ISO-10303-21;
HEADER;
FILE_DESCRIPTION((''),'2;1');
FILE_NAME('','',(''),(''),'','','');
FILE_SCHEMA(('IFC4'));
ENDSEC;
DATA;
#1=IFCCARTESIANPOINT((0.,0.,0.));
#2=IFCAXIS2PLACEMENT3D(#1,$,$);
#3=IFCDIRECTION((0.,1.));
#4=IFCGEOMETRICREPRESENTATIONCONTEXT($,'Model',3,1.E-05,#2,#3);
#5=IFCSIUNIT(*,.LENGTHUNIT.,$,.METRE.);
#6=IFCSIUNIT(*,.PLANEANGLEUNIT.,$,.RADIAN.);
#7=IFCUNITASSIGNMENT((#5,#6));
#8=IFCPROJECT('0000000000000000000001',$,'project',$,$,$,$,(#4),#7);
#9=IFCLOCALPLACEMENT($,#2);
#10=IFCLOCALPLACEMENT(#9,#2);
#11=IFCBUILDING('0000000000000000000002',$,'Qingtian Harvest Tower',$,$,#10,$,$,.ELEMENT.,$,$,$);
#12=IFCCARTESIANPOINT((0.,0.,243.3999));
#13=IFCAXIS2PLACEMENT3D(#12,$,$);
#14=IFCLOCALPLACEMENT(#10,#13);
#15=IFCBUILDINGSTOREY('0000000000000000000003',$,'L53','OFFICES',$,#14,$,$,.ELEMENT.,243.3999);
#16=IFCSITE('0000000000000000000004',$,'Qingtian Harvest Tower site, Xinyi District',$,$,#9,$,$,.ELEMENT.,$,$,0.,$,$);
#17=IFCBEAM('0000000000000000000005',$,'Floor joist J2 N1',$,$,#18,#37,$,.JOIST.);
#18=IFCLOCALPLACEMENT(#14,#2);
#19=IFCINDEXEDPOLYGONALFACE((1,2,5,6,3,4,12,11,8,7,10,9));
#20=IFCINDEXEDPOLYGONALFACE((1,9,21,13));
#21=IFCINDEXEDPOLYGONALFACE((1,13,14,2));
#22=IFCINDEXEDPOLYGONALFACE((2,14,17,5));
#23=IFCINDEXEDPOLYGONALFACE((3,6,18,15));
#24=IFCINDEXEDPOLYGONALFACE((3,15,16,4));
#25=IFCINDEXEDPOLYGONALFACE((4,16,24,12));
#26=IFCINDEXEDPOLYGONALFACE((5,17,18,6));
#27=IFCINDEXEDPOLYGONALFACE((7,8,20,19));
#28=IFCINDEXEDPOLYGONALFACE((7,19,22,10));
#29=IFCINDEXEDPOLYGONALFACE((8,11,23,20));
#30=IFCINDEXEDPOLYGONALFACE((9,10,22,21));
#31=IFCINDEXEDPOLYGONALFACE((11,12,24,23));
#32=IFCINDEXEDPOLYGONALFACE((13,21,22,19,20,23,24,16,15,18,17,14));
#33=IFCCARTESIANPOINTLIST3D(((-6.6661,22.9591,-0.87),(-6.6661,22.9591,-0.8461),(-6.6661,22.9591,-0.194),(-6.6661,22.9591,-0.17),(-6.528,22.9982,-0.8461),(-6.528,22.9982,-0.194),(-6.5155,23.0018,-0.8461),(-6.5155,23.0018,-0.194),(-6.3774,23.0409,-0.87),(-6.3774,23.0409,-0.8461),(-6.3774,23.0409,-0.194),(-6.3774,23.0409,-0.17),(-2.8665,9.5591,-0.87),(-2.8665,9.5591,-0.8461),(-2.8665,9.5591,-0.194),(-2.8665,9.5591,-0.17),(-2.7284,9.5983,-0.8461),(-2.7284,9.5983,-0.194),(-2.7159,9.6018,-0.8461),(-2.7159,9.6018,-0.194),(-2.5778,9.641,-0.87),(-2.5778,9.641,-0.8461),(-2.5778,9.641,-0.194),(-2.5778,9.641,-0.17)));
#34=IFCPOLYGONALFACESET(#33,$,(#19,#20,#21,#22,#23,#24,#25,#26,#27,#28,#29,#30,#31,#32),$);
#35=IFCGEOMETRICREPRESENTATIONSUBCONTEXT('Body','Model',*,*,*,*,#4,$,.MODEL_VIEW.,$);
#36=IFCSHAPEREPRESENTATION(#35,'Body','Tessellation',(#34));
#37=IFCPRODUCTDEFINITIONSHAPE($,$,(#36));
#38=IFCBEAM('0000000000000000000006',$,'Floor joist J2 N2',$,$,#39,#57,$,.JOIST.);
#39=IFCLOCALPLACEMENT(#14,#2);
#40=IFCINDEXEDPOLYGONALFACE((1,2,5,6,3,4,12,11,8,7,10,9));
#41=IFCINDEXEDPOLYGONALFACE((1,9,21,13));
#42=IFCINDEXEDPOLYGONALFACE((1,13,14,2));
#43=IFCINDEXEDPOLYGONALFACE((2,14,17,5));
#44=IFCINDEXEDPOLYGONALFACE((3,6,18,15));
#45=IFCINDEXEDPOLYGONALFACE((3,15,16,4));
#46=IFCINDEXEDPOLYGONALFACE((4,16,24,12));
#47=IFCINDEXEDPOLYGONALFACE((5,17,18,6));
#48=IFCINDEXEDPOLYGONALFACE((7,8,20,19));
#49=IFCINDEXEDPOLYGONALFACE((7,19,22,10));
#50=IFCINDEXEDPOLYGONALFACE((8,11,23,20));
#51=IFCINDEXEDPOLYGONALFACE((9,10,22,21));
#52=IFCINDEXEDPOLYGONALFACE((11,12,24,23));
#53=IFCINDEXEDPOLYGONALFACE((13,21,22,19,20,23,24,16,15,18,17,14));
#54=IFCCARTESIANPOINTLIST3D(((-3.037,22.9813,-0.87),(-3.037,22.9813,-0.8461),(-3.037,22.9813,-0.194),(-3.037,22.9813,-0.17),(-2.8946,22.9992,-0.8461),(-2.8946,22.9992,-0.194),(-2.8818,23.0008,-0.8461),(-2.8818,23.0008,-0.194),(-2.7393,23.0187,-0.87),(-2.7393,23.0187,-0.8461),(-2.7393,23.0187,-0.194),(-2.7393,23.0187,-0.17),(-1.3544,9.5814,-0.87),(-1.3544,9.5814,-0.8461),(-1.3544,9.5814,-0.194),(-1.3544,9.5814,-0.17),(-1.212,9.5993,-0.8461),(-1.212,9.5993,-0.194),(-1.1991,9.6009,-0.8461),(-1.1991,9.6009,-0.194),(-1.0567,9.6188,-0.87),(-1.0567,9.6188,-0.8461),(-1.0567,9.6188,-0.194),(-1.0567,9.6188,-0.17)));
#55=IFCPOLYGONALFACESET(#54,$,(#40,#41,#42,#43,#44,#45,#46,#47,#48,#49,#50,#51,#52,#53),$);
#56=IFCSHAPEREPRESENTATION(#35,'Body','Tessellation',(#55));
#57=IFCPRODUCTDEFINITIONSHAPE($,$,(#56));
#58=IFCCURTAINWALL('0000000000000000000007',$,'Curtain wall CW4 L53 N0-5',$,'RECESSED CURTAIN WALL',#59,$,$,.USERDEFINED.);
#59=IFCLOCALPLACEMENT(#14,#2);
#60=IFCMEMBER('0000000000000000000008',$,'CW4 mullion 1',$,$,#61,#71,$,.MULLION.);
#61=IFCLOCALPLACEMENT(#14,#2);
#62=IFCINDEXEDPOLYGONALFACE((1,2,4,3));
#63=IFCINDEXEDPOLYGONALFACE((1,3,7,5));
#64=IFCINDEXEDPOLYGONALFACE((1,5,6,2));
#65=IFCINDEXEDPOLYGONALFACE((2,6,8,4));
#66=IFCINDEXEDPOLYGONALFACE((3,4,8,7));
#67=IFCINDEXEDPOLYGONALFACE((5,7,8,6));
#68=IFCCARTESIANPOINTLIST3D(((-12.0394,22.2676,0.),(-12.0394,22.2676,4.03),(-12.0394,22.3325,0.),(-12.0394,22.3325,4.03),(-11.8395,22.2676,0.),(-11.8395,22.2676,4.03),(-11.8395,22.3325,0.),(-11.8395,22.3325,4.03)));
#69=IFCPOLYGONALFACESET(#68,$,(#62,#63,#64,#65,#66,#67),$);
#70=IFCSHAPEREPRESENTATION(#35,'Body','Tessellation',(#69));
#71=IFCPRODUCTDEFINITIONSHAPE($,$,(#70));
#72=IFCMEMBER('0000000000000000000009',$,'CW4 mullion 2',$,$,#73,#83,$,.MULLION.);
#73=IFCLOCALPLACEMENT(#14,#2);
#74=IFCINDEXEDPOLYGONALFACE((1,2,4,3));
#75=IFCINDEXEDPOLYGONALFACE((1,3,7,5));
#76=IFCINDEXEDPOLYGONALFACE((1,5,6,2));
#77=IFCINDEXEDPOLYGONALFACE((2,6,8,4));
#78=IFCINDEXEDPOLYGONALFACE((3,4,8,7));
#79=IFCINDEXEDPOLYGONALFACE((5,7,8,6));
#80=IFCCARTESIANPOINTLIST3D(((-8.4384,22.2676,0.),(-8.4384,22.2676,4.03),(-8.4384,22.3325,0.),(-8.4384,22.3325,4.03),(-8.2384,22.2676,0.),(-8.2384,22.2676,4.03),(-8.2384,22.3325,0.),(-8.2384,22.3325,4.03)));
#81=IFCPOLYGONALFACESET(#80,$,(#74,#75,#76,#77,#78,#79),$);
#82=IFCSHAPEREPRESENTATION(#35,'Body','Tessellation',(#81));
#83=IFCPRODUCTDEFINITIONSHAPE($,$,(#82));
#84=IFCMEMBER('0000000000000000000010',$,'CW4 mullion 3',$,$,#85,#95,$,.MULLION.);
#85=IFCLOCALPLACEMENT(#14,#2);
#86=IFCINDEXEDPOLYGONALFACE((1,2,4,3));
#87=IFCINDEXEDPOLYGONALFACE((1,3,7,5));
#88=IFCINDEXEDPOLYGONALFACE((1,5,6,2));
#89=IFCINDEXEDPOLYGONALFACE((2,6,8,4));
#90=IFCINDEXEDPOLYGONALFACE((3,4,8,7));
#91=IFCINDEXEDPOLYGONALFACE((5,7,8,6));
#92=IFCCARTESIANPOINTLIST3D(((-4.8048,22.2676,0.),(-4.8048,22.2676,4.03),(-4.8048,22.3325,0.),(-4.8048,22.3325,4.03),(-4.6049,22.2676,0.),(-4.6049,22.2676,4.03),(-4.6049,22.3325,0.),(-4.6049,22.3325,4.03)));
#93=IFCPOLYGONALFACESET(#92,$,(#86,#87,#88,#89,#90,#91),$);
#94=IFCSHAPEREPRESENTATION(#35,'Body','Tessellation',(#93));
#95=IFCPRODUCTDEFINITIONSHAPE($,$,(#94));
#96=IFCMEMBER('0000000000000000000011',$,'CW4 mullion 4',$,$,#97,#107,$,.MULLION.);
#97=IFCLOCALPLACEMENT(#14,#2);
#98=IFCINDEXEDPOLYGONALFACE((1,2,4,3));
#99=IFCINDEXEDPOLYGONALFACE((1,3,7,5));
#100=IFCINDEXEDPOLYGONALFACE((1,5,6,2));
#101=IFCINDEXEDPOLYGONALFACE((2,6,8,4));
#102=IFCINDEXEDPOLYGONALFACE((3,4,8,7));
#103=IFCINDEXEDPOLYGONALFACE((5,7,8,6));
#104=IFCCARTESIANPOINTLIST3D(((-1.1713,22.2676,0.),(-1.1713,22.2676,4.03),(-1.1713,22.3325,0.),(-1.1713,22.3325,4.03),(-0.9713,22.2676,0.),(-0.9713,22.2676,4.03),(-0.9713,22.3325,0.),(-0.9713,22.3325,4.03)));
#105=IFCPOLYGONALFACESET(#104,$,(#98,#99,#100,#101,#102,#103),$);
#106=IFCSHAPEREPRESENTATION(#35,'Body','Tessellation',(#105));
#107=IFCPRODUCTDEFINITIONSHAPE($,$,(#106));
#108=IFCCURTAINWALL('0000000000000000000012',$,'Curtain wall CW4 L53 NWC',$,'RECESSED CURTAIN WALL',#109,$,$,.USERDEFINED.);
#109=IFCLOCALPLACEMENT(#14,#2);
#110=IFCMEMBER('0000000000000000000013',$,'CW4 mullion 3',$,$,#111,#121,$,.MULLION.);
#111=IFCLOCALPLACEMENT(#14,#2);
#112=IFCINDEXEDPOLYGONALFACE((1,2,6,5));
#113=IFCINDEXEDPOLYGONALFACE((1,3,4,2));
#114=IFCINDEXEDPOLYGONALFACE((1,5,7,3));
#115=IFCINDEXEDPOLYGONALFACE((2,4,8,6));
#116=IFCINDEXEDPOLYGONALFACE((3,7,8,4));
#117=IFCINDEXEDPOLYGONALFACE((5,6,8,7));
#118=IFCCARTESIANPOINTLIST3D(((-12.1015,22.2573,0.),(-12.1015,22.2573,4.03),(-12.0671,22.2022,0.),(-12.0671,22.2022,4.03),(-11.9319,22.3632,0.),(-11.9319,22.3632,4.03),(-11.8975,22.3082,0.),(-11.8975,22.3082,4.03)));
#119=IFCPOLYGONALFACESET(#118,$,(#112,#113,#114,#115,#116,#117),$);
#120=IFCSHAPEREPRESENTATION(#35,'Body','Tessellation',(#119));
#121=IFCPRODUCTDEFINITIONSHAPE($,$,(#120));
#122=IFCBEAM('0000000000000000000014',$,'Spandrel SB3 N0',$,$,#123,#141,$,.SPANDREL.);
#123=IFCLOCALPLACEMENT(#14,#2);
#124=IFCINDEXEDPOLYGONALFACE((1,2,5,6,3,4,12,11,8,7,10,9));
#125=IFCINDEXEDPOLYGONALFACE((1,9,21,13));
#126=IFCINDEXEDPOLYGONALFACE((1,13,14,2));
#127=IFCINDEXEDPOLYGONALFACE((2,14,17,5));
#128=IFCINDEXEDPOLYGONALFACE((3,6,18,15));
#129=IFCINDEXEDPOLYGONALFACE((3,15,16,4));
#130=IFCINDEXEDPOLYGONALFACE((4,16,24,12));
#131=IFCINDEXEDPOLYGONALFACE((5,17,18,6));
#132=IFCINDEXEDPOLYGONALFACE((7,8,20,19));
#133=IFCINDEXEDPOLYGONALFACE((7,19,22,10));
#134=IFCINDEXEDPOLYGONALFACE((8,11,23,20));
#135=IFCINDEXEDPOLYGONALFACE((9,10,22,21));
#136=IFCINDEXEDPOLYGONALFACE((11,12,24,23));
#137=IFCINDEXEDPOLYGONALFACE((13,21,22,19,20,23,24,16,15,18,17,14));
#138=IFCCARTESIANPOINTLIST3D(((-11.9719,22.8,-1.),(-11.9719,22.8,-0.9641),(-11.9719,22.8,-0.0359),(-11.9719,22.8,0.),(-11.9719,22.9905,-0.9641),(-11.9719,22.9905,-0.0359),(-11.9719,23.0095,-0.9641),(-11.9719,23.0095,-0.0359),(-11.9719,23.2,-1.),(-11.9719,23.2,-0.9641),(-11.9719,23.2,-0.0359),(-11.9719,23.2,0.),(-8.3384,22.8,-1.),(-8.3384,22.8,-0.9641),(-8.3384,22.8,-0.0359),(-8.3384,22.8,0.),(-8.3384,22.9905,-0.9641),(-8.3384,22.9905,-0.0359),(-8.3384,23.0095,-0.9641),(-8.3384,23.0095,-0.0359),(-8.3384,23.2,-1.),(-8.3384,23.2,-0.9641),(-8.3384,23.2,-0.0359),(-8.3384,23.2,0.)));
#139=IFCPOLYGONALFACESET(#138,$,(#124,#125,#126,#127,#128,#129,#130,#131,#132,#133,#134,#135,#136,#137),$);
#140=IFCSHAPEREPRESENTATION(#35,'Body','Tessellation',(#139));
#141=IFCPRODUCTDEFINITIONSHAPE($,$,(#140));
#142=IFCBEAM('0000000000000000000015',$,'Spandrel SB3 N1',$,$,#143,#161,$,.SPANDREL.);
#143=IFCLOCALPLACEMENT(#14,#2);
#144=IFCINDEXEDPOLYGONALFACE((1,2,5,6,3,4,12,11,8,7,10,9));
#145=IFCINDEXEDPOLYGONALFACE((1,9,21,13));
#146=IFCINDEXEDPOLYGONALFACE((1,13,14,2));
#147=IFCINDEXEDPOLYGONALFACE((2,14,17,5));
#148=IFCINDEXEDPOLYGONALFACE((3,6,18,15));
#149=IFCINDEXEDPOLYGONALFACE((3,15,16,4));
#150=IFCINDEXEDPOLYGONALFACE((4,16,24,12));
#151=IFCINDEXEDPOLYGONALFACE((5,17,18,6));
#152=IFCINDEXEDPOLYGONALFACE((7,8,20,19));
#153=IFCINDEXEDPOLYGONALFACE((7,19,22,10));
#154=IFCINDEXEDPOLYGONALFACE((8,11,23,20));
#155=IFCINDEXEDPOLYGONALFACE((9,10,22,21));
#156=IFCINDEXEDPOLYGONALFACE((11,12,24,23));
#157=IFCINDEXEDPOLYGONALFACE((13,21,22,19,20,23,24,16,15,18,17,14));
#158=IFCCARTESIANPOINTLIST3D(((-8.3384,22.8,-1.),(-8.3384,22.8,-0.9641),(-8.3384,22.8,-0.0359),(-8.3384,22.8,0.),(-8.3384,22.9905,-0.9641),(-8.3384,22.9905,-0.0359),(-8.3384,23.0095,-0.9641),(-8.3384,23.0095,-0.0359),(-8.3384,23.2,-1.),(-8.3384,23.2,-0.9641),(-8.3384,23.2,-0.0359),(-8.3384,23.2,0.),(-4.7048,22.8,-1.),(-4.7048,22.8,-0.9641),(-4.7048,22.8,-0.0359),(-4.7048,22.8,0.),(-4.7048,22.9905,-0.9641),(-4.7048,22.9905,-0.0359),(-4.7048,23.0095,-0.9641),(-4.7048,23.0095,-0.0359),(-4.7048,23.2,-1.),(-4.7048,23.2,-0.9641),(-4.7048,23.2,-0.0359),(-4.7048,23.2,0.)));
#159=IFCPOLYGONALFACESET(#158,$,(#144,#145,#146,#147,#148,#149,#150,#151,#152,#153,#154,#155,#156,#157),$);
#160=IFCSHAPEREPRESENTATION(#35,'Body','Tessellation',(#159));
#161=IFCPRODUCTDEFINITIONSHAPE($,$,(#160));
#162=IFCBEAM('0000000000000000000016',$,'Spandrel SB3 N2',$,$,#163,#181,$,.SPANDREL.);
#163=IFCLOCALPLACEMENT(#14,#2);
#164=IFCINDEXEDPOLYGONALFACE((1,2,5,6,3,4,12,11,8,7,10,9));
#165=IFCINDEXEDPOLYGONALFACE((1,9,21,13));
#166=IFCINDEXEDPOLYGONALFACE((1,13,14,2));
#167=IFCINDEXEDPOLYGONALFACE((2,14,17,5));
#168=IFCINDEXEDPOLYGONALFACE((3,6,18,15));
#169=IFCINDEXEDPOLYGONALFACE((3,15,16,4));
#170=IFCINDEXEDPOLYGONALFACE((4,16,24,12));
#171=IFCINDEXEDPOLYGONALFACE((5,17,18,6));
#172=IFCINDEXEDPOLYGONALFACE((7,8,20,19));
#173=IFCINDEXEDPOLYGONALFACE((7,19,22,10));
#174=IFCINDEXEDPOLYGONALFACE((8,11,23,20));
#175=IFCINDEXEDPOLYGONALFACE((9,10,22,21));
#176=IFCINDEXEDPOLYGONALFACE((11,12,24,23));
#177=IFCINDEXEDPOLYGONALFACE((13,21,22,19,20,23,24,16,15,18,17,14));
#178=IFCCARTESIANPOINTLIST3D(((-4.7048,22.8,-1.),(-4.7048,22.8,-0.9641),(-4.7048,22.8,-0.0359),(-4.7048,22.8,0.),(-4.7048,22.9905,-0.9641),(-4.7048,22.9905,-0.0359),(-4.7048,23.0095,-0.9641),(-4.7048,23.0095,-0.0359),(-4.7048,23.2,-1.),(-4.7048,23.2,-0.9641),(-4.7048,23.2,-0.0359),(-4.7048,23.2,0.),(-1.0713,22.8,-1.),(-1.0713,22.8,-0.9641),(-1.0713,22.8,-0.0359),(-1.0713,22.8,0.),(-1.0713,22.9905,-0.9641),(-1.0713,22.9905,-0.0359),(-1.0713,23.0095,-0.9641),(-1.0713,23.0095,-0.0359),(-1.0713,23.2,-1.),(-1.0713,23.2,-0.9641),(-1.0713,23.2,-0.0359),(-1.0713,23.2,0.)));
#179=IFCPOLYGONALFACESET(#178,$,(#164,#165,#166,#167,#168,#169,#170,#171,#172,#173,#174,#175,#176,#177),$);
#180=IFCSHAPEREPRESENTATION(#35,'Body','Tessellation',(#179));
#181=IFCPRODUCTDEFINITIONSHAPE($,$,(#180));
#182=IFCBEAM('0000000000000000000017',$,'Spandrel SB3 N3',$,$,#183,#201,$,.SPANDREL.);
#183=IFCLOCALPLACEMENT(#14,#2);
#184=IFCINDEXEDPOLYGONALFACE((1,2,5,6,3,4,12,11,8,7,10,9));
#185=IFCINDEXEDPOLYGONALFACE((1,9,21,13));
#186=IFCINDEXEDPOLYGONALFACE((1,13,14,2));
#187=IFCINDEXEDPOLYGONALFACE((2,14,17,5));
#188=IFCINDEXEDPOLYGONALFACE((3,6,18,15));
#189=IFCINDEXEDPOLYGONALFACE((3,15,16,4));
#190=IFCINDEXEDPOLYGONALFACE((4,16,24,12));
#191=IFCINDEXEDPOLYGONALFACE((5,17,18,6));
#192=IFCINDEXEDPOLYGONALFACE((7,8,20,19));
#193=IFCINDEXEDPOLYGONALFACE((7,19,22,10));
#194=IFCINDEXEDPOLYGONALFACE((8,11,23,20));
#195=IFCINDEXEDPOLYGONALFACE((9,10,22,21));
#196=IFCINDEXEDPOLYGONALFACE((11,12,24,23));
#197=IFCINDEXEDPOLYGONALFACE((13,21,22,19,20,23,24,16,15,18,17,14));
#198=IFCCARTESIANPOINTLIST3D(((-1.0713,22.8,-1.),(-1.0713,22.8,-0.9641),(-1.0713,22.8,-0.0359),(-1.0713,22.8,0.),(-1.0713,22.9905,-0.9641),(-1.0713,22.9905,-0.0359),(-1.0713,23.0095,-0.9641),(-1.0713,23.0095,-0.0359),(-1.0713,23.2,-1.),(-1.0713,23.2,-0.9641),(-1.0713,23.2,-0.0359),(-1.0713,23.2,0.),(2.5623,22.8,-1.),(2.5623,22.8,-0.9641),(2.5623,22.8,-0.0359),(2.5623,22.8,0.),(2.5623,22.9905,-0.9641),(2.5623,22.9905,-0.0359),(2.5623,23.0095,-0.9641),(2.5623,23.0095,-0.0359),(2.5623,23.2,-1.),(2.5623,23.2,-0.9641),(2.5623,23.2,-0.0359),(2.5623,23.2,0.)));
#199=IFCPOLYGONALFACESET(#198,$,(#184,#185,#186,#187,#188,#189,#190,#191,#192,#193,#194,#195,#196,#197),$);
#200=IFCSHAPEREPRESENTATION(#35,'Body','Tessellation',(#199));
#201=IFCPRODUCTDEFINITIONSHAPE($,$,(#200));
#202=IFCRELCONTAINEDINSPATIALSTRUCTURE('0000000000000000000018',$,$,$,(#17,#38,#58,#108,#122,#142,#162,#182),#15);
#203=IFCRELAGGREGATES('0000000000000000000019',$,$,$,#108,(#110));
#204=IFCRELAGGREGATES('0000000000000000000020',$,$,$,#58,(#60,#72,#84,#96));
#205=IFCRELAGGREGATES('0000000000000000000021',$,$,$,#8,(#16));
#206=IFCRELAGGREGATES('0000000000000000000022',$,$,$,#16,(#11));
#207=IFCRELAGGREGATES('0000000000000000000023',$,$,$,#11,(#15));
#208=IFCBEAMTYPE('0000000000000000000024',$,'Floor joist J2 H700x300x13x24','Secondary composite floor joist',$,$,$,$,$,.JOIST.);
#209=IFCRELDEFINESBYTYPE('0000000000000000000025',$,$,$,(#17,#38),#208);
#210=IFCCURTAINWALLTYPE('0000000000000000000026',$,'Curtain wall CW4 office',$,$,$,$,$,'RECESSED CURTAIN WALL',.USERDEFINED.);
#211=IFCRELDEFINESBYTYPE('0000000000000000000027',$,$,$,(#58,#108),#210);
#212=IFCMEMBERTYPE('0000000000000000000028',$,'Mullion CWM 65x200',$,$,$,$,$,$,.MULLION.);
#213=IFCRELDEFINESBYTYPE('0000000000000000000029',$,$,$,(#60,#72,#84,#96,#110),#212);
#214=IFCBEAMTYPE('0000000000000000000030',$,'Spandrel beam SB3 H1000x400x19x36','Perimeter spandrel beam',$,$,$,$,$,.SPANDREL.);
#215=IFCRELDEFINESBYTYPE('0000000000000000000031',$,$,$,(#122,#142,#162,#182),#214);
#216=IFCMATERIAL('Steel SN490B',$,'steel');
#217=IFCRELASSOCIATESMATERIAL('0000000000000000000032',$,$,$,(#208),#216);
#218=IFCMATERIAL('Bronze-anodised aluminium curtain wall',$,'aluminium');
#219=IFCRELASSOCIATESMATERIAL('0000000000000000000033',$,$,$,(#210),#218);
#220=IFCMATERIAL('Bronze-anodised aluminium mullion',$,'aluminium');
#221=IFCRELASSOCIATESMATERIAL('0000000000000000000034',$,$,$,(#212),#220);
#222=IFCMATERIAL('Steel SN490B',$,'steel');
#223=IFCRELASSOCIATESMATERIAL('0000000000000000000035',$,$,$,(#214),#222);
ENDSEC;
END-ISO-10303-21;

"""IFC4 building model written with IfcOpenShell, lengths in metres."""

from ifc_helpers import new_model, si_unit, direction, frame, origin, origin_2d, place, context, subcontext, project, spatial, rectangle, i_section, extrude, material, material_profile, profile_set, type_object, element, aggregate, save


model = new_model("IFC4")

# Units and contexts
model_context = context("Model", 3, precision=1e-05, world=origin(), true_north=direction((0.0, 1.0)))
body_context = subcontext(model_context, "Body", "Model", "MODEL_VIEW")
ifc_project = project(units=[si_unit("LENGTHUNIT", "METRE"), si_unit("PLANEANGLEUNIT", "RADIAN")], contexts=[model_context])

# Site, building, storey
site_placement = place(None, origin())
site = spatial("IfcSite", under=ifc_project, at=site_placement, Name="Qingtian Harvest Tower site, Xinyi District", CompositionType="ELEMENT", RefElevation=0.0)
building_placement = place(site_placement, origin())
building = spatial("IfcBuilding", under=site, at=building_placement, Name="Qingtian Harvest Tower", CompositionType="ELEMENT")
storey_placement = place(building_placement, frame((0.0, 0.0, 243.3999)))
storey = spatial("IfcBuildingStorey", under=building, at=storey_placement, Name="L53", Description="OFFICES", CompositionType="ELEMENT", Elevation=243.3999)

# Beams
ifc_material_1 = material(Name="Steel SN490B", Category="steel")
ifc_material_profile_1 = material_profile(ifc_material_1, i_section(OverallWidth=0.3, OverallDepth=0.7, WebThickness=0.0129, FlangeThickness=0.0239, at=origin_2d()), Name="H700x300x13x24")
ifc_profile_set_1 = profile_set([ifc_material_profile_1], Name="Steel SN490B")
beam_type_1 = type_object("IfcBeamType", Name="Floor joist J2 H700x300x13x24", Description="Secondary composite floor joist", PredefinedType="JOIST", material=ifc_profile_set_1)
beam_1_placement = place(storey_placement, frame((-6.5217, 23.0, -0.52), z_axis=(0.272797, -0.962072, 0.0), x_axis=(0.962072, 0.272797, 0.0)))
element("IfcBeam", 1, at=beam_1_placement, inside=storey, type_object=beam_type_1, Name="Floor joist J2 N1", PredefinedType="JOIST", context=body_context, shape_type="SweptSolid", body=[
    extrude(i_section(OverallWidth=0.3, OverallDepth=0.7, WebThickness=0.0129, FlangeThickness=0.0239, at=origin_2d()), origin(), (0.0, 0.0, 1.0), 13.9282),
])
beam_2_placement = place(storey_placement, frame((-2.8882, 23.0, -0.52), z_axis=(0.124591, -0.992208, 0.0), x_axis=(0.992208, 0.124591, 0.0)))
element("IfcBeam", 2, at=beam_2_placement, inside=storey, type_object=beam_type_1, Name="Floor joist J2 N2", PredefinedType="JOIST", context=body_context, shape_type="SweptSolid", body=[
    extrude(i_section(OverallWidth=0.3, OverallDepth=0.7, WebThickness=0.0129, FlangeThickness=0.0239, at=origin_2d()), origin(), (0.0, 0.0, 1.0), 13.5051),
])

# Curtain wall, members
ifc_material_2 = material(Name="Bronze-anodised aluminium curtain wall", Category="aluminium")
curtain_wall_type = type_object("IfcCurtainWallType", Name="Curtain wall CW4 office", ElementType="RECESSED CURTAIN WALL", PredefinedType="USERDEFINED", material=ifc_material_2)
curtain_wall_1_placement = place(storey_placement, origin())
curtain_wall_1 = element("IfcCurtainWall", 3, at=curtain_wall_1_placement, inside=storey, type_object=curtain_wall_type, Name="Curtain wall CW4 L53 N0-5", ObjectType="RECESSED CURTAIN WALL", PredefinedType="USERDEFINED")
ifc_material_3 = material(Name="Bronze-anodised aluminium mullion", Category="aluminium")
ifc_material_profile_2 = material_profile(ifc_material_3, rectangle(XDim=0.0649, YDim=0.2, at=origin_2d()), Name="AL 65x200")
ifc_profile_set_2 = profile_set([ifc_material_profile_2], Name="Bronze-anodised aluminium mullion")
member_type_1 = type_object("IfcMemberType", Name="Mullion CWM 65x200", PredefinedType="MULLION", material=ifc_profile_set_2)
member_1_placement = place(storey_placement, frame((-11.9395, 22.3, 0.0), z_axis=(0.0, 0.0, 1.0), x_axis=(0.0, 1.0, 0.0)))
member_1 = element("IfcMember", 4, at=member_1_placement, type_object=member_type_1, Name="CW4 mullion 1", PredefinedType="MULLION", context=body_context, shape_type="SweptSolid", body=[
    extrude(rectangle(XDim=0.0649, YDim=0.2, at=origin_2d()), origin(), (0.0, 0.0, 1.0), 4.03),
])
member_2_placement = place(storey_placement, frame((-8.3384, 22.3, 0.0), z_axis=(0.0, 0.0, 1.0), x_axis=(0.0, 1.0, 0.0)))
member_2 = element("IfcMember", 5, at=member_2_placement, type_object=member_type_1, Name="CW4 mullion 2", PredefinedType="MULLION", context=body_context, shape_type="SweptSolid", body=[
    extrude(rectangle(XDim=0.0649, YDim=0.2, at=origin_2d()), origin(), (0.0, 0.0, 1.0), 4.03),
])
member_3_placement = place(storey_placement, frame((-4.7048, 22.3, 0.0), z_axis=(0.0, 0.0, 1.0), x_axis=(0.0, 1.0, 0.0)))
member_3 = element("IfcMember", 6, at=member_3_placement, type_object=member_type_1, Name="CW4 mullion 3", PredefinedType="MULLION", context=body_context, shape_type="SweptSolid", body=[
    extrude(rectangle(XDim=0.0649, YDim=0.2, at=origin_2d()), origin(), (0.0, 0.0, 1.0), 4.03),
])
member_4_placement = place(storey_placement, frame((-1.0713, 22.3, 0.0), z_axis=(0.0, 0.0, 1.0), x_axis=(0.0, 1.0, 0.0)))
member_4 = element("IfcMember", 7, at=member_4_placement, type_object=member_type_1, Name="CW4 mullion 4", PredefinedType="MULLION", context=body_context, shape_type="SweptSolid", body=[
    extrude(rectangle(XDim=0.0649, YDim=0.2, at=origin_2d()), origin(), (0.0, 0.0, 1.0), 4.03),
])

# Curtain wall, member
curtain_wall_2_placement = place(storey_placement, origin())
curtain_wall_2 = element("IfcCurtainWall", 8, at=curtain_wall_2_placement, inside=storey, type_object=curtain_wall_type, Name="Curtain wall CW4 L53 NWC", ObjectType="RECESSED CURTAIN WALL", PredefinedType="USERDEFINED")
member_5_placement = place(storey_placement, frame((-11.9995, 22.2827, 0.0), z_axis=(0.0, 0.0, 1.0), x_axis=(-0.529919, 0.848048, 0.0)))
member_5 = element("IfcMember", 9, at=member_5_placement, type_object=member_type_1, Name="CW4 mullion 3", PredefinedType="MULLION", context=body_context, shape_type="SweptSolid", body=[
    extrude(rectangle(XDim=0.0649, YDim=0.2, at=origin_2d()), origin(), (0.0, 0.0, 1.0), 4.03),
])
aggregate(curtain_wall_2, [member_5])

# Beams
ifc_material_4 = material(Name="Steel SN490B", Category="steel")
ifc_material_profile_3 = material_profile(ifc_material_4, i_section(OverallWidth=0.3999, OverallDepth=1.0, WebThickness=0.019, FlangeThickness=0.0359, at=origin_2d()), Name="H1000x400x19x36")
ifc_profile_set_3 = profile_set([ifc_material_profile_3], Name="Steel SN490B")
beam_type_2 = type_object("IfcBeamType", Name="Spandrel beam SB3 H1000x400x19x36", Description="Perimeter spandrel beam", PredefinedType="SPANDREL", material=ifc_profile_set_3)
for number, where, z_axis, x_axis, name in (
    (10, (-11.9719, 23.0, -0.5), (1.0, 0.0, 0.0), (0.0, 1.0, 0.0), "Spandrel SB3 N0"),
    (11, (-8.3384, 23.0, -0.5), (1.0, 0.0, 0.0), (0.0, 1.0, 0.0), "Spandrel SB3 N1"),
    (12, (-4.7048, 23.0, -0.5), (1.0, 0.0, 0.0), (0.0, 1.0, 0.0), "Spandrel SB3 N2"),
    (13, (-1.0713, 23.0, -0.5), (1.0, 0.0, 0.0), (0.0, 1.0, 0.0), "Spandrel SB3 N3"),
):
    element("IfcBeam", number, at=place(storey_placement, frame(where, z_axis=z_axis, x_axis=x_axis)), inside=storey, type_object=beam_type_2, Name=name, PredefinedType="SPANDREL", context=body_context, shape_type="SweptSolid", body=[
        extrude(i_section(OverallWidth=0.3999, OverallDepth=1.0, WebThickness=0.019, FlangeThickness=0.0359, at=origin_2d()), origin(), (0.0, 0.0, 1.0), 3.6335),
    ])

aggregate(curtain_wall_1, [member_1, member_2, member_3, member_4])

save(model, "model.ifc")
